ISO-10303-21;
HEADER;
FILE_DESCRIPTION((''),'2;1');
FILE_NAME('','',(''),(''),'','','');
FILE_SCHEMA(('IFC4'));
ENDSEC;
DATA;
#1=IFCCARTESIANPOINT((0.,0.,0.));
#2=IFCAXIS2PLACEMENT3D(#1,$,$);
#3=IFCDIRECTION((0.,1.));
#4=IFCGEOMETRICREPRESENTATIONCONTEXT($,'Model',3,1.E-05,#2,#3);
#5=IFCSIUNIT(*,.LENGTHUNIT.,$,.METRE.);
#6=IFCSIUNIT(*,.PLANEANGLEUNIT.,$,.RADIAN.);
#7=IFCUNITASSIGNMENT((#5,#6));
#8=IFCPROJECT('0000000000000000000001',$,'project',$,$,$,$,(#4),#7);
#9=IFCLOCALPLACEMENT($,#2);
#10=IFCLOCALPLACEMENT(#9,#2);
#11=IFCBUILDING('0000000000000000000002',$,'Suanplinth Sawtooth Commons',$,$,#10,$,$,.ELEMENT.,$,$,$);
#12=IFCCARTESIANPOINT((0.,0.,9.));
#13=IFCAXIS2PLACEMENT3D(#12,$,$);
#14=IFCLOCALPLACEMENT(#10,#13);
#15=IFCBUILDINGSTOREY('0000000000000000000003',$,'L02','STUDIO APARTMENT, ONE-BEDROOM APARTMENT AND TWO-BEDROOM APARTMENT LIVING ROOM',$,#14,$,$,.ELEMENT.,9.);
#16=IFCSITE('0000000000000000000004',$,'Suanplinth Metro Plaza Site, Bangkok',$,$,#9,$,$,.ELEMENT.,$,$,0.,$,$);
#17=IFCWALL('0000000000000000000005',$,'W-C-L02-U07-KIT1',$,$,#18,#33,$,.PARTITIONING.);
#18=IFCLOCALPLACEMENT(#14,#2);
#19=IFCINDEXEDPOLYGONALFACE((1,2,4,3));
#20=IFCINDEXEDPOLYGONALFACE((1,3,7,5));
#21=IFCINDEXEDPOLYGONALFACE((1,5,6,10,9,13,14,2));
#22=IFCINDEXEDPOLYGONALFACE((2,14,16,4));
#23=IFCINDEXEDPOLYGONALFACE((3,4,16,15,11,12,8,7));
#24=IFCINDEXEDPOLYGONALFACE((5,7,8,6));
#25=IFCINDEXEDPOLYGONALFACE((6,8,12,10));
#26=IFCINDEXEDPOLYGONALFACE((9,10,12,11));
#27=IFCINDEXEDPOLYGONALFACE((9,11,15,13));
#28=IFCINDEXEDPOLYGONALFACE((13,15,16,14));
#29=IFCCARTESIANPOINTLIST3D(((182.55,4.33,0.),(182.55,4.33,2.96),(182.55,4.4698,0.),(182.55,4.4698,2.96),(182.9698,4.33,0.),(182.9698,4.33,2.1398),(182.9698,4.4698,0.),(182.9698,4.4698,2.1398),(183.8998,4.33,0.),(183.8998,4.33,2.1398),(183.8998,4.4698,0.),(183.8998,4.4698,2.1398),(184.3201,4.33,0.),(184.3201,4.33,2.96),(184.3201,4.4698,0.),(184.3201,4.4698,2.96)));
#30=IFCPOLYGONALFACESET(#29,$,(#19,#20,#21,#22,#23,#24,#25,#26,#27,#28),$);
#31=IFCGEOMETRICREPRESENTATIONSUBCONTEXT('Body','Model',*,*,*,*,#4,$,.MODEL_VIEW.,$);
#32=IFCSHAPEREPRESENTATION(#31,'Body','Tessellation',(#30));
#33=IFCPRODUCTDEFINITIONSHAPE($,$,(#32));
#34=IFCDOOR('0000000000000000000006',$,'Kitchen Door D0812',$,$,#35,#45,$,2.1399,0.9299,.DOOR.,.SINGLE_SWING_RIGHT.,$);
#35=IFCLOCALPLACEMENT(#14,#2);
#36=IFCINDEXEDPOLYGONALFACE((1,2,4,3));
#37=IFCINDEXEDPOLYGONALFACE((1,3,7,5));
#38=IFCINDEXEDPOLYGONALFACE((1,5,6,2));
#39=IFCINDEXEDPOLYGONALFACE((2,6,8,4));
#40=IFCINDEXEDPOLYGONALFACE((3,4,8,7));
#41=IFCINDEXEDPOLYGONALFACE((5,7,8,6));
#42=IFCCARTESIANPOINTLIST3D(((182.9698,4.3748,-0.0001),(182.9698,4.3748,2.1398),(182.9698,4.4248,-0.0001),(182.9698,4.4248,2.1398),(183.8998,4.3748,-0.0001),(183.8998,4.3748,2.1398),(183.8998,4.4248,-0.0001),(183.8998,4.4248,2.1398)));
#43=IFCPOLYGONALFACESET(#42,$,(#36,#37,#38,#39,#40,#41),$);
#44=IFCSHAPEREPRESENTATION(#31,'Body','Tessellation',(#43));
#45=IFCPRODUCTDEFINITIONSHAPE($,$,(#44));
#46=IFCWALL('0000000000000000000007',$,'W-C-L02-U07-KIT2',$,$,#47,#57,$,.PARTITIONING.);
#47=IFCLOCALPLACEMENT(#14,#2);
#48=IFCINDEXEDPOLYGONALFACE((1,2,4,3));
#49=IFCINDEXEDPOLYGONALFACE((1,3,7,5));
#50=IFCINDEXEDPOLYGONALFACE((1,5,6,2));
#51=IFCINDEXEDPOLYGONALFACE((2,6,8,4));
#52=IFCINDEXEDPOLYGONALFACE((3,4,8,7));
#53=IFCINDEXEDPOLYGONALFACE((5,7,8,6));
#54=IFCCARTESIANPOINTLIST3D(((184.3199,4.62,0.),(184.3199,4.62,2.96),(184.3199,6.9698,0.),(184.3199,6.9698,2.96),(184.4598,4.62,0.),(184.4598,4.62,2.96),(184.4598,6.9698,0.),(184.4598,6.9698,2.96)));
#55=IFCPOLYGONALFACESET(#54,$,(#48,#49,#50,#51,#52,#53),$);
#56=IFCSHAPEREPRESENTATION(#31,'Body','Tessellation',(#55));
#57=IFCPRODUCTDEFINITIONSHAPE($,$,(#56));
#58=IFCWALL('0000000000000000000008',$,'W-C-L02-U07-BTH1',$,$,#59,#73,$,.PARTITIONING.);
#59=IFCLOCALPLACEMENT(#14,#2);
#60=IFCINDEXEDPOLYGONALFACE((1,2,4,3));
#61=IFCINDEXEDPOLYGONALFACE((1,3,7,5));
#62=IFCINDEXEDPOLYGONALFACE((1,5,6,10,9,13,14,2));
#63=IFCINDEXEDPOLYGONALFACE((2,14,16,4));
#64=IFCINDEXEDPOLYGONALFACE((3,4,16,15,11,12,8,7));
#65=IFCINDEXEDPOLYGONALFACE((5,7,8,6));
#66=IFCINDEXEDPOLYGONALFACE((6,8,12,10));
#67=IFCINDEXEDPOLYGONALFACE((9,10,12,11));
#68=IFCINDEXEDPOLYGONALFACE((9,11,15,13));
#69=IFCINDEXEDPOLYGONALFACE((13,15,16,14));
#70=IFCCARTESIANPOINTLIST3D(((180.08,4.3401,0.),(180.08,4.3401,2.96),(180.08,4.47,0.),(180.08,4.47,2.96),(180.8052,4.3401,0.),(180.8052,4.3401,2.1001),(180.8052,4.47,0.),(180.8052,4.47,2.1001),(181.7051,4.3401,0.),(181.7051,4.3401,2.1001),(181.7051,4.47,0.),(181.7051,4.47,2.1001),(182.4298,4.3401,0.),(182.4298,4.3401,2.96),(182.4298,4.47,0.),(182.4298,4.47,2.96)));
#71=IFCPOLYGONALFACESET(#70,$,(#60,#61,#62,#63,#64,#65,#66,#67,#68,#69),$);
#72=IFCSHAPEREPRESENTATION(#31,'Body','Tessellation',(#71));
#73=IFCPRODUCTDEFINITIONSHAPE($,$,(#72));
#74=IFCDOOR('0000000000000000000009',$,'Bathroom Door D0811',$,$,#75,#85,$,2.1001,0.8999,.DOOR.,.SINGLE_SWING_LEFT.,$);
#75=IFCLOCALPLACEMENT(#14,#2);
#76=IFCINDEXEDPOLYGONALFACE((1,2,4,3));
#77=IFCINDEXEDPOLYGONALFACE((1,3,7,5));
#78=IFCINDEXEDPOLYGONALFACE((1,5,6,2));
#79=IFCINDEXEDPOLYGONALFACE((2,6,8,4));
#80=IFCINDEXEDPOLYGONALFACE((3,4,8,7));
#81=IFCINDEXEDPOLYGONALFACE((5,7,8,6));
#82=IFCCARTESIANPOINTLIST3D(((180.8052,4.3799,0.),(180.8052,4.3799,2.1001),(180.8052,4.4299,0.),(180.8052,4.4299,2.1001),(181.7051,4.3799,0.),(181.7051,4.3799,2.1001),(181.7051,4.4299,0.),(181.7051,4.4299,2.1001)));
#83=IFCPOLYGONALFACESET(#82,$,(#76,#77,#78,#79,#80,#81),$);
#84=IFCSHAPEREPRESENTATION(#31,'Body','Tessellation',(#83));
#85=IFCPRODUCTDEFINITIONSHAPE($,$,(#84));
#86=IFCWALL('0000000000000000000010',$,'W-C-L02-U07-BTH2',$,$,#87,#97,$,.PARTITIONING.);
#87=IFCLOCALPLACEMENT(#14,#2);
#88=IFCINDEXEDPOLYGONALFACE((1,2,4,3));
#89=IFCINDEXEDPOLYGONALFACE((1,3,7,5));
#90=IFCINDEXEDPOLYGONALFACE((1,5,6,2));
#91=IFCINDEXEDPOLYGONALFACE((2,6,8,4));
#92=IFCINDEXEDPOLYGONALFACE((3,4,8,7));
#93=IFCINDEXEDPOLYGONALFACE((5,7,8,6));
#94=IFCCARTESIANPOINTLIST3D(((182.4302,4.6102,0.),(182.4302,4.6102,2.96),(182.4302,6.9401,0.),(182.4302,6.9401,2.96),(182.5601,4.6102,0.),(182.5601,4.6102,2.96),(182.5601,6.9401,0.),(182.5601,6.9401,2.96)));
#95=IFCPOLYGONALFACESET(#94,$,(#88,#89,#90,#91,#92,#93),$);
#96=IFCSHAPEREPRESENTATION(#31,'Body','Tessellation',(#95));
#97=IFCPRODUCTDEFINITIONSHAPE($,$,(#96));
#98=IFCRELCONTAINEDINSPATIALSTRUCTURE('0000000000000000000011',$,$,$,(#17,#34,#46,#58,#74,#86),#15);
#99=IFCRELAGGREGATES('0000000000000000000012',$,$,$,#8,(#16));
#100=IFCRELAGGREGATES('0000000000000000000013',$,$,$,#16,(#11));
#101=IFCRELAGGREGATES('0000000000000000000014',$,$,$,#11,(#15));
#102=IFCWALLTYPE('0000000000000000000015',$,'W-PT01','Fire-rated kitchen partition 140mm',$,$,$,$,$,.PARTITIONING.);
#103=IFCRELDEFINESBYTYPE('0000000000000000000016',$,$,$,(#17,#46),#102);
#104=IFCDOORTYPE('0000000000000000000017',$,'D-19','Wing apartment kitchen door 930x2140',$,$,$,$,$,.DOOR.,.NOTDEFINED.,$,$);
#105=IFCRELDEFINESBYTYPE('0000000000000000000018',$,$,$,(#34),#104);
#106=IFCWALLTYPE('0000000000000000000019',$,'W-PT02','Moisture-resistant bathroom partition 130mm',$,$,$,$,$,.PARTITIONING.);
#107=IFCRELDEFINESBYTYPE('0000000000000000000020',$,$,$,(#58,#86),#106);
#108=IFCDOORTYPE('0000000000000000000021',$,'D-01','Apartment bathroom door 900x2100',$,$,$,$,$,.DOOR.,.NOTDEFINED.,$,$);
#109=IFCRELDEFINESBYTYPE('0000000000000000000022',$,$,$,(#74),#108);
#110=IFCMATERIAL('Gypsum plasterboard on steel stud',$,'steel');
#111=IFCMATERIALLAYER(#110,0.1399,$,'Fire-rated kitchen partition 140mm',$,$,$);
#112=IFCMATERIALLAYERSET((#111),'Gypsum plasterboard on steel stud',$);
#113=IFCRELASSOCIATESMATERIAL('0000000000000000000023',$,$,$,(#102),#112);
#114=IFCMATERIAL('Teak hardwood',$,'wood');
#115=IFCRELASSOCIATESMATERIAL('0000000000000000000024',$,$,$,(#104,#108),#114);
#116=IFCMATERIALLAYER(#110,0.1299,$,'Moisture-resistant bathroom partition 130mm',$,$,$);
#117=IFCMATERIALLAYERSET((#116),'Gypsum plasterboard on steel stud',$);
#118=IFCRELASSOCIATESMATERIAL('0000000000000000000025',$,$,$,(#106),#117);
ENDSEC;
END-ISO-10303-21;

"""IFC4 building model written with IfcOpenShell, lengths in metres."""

from ifc_helpers import new_model, si_unit, direction, frame, frame_2d, origin, place, context, subcontext, project, spatial, rectangle, extrude, material, layer, layer_set, type_object, element, fill, save


model = new_model("IFC4")

# Units and contexts
model_context = context("Model", 3, precision=1e-05, world=origin(), true_north=direction((0.0, 1.0)))
body_context = subcontext(model_context, "Body", "Model", "MODEL_VIEW")
ifc_project = project(units=[si_unit("LENGTHUNIT", "METRE"), si_unit("PLANEANGLEUNIT", "RADIAN")], contexts=[model_context])

# Site, building, storey
site_placement = place(None, origin())
site = spatial("IfcSite", under=ifc_project, at=site_placement, Name="Suanplinth Metro Plaza Site, Bangkok", CompositionType="ELEMENT", RefElevation=0.0)
building_placement = place(site_placement, origin())
building = spatial("IfcBuilding", under=site, at=building_placement, Name="Suanplinth Sawtooth Commons", CompositionType="ELEMENT")
storey_placement = place(building_placement, frame((0.0, 0.0, 9.0)))
storey = spatial("IfcBuildingStorey", under=building, at=storey_placement, Name="L02", Description="STUDIO APARTMENT, ONE-BEDROOM APARTMENT AND TWO-BEDROOM APARTMENT LIVING ROOM", CompositionType="ELEMENT", Elevation=9.0)

# Wall, opening, door
ifc_material_1 = material(Name="Gypsum plasterboard on steel stud", Category="steel")
ifc_layer_1 = layer(ifc_material_1, 0.1399, Name="Fire-rated kitchen partition 140mm")
ifc_layer_set_1 = layer_set([ifc_layer_1], Name="Gypsum plasterboard on steel stud")
wall_type_1 = type_object("IfcWallType", Name="W-PT01", Description="Fire-rated kitchen partition 140mm", PredefinedType="PARTITIONING", material=ifc_layer_set_1)
wall_1_placement = place(storey_placement, frame((182.55, 4.3999, 0.0), z_axis=(0.0, 0.0, 1.0), x_axis=(1.0, 0.0, 0.0)))
wall_1 = element("IfcWall", 1, at=wall_1_placement, inside=storey, type_object=wall_type_1, Name="W-C-L02-U07-KIT1", PredefinedType="PARTITIONING", context=body_context, shape_type="SweptSolid", body=[
    extrude(rectangle(XDim=1.77, YDim=0.1399, at=frame_2d((0.885, 0.0))), origin(), (0.0, 0.0, 1.0), 2.96),
])
opening_1_placement = place(wall_1_placement, frame((0.4199, 0.0, 0.0)))
opening_1 = element("IfcOpeningElement", 2, at=opening_1_placement, cuts=wall_1, PredefinedType="OPENING", context=body_context, shape_type="SweptSolid", body=[
    extrude(rectangle(XDim=0.9299, YDim=2.1399, at=frame_2d((0.4648, 1.0698))), frame((0.0, 0.085, 0.0), z_axis=(0.0, -1.0, 0.0), x_axis=(1.0, 0.0, 0.0)), (0.0, 0.0, 1.0), 0.1697),
])
ifc_material_2 = material(Name="Teak hardwood", Category="wood")
door_type_1 = type_object("IfcDoorType", Name="D-19", Description="Wing apartment kitchen door 930x2140", OperationType="NOTDEFINED", PredefinedType="DOOR", material=ifc_material_2)
door_1_placement = place(opening_1_placement, origin())
door_1 = element("IfcDoor", 3, at=door_1_placement, inside=storey, type_object=door_type_1, Name="Kitchen Door D0812", OperationType="SINGLE_SWING_RIGHT", OverallHeight=2.1399, OverallWidth=0.9299, PredefinedType="DOOR", context=body_context, shape_type="SweptSolid", body=[
    extrude(rectangle(XDim=0.9299, YDim=2.1399, at=frame_2d((0.4648, 1.0698))), frame((0.0, 0.0249, 0.0), z_axis=(0.0, -1.0, 0.0), x_axis=(1.0, 0.0, 0.0)), (0.0, 0.0, 1.0), 0.05),
])
fill(opening_1, door_1)

# Wall
wall_2_placement = place(storey_placement, frame((184.3899, 4.6201, 0.0), z_axis=(0.0, 0.0, 1.0), x_axis=(0.0, 1.0, 0.0)))
element("IfcWall", 4, at=wall_2_placement, inside=storey, type_object=wall_type_1, Name="W-C-L02-U07-KIT2", PredefinedType="PARTITIONING", context=body_context, shape_type="SweptSolid", body=[
    extrude(rectangle(XDim=2.3499, YDim=0.1399, at=frame_2d((1.1748, 0.0))), origin(), (0.0, 0.0, 1.0), 2.96),
])

# Wall, opening, door
ifc_layer_2 = layer(ifc_material_1, 0.1299, Name="Moisture-resistant bathroom partition 130mm")
ifc_layer_set_2 = layer_set([ifc_layer_2], Name="Gypsum plasterboard on steel stud")
wall_type_2 = type_object("IfcWallType", Name="W-PT02", Description="Moisture-resistant bathroom partition 130mm", PredefinedType="PARTITIONING", material=ifc_layer_set_2)
wall_3_placement = place(storey_placement, frame((180.0801, 4.405, 0.0), z_axis=(0.0, 0.0, 1.0), x_axis=(1.0, 0.0, 0.0)))
wall_3 = element("IfcWall", 5, at=wall_3_placement, inside=storey, type_object=wall_type_2, Name="W-C-L02-U07-BTH1", PredefinedType="PARTITIONING", context=body_context, shape_type="SweptSolid", body=[
    extrude(rectangle(XDim=2.3499, YDim=0.1299, at=frame_2d((1.1748, 0.0))), origin(), (0.0, 0.0, 1.0), 2.96),
])
opening_2_placement = place(wall_3_placement, frame((0.7251, 0.0, 0.0)))
opening_2 = element("IfcOpeningElement", 6, at=opening_2_placement, cuts=wall_3, PredefinedType="OPENING", context=body_context, shape_type="SweptSolid", body=[
    extrude(rectangle(XDim=0.8999, YDim=2.1001, at=frame_2d((0.45, 1.05))), frame((0.0, 0.0798, 0.0), z_axis=(0.0, -1.0, 0.0), x_axis=(1.0, 0.0, 0.0)), (0.0, 0.0, 1.0), 0.1597),
])
door_type_2 = type_object("IfcDoorType", Name="D-01", Description="Apartment bathroom door 900x2100", OperationType="NOTDEFINED", PredefinedType="DOOR", material=ifc_material_2)
door_2_placement = place(opening_2_placement, origin())
door_2 = element("IfcDoor", 7, at=door_2_placement, inside=storey, type_object=door_type_2, Name="Bathroom Door D0811", OperationType="SINGLE_SWING_LEFT", OverallHeight=2.1001, OverallWidth=0.8999, PredefinedType="DOOR", context=body_context, shape_type="SweptSolid", body=[
    extrude(rectangle(XDim=0.8999, YDim=2.1001, at=frame_2d((0.45, 1.05))), frame((0.0, 0.0249, 0.0), z_axis=(0.0, -1.0, 0.0), x_axis=(1.0, 0.0, 0.0)), (0.0, 0.0, 1.0), 0.05),
])
fill(opening_2, door_2)

# Wall
wall_4_placement = place(storey_placement, frame((182.4951, 4.6101, 0.0), z_axis=(0.0, 0.0, 1.0), x_axis=(0.0, 1.0, 0.0)))
element("IfcWall", 8, at=wall_4_placement, inside=storey, type_object=wall_type_2, Name="W-C-L02-U07-BTH2", PredefinedType="PARTITIONING", context=body_context, shape_type="SweptSolid", body=[
    extrude(rectangle(XDim=2.3298, YDim=0.1299, at=frame_2d((1.165, 0.0))), origin(), (0.0, 0.0, 1.0), 2.96),
])

save(model, "model.ifc")
